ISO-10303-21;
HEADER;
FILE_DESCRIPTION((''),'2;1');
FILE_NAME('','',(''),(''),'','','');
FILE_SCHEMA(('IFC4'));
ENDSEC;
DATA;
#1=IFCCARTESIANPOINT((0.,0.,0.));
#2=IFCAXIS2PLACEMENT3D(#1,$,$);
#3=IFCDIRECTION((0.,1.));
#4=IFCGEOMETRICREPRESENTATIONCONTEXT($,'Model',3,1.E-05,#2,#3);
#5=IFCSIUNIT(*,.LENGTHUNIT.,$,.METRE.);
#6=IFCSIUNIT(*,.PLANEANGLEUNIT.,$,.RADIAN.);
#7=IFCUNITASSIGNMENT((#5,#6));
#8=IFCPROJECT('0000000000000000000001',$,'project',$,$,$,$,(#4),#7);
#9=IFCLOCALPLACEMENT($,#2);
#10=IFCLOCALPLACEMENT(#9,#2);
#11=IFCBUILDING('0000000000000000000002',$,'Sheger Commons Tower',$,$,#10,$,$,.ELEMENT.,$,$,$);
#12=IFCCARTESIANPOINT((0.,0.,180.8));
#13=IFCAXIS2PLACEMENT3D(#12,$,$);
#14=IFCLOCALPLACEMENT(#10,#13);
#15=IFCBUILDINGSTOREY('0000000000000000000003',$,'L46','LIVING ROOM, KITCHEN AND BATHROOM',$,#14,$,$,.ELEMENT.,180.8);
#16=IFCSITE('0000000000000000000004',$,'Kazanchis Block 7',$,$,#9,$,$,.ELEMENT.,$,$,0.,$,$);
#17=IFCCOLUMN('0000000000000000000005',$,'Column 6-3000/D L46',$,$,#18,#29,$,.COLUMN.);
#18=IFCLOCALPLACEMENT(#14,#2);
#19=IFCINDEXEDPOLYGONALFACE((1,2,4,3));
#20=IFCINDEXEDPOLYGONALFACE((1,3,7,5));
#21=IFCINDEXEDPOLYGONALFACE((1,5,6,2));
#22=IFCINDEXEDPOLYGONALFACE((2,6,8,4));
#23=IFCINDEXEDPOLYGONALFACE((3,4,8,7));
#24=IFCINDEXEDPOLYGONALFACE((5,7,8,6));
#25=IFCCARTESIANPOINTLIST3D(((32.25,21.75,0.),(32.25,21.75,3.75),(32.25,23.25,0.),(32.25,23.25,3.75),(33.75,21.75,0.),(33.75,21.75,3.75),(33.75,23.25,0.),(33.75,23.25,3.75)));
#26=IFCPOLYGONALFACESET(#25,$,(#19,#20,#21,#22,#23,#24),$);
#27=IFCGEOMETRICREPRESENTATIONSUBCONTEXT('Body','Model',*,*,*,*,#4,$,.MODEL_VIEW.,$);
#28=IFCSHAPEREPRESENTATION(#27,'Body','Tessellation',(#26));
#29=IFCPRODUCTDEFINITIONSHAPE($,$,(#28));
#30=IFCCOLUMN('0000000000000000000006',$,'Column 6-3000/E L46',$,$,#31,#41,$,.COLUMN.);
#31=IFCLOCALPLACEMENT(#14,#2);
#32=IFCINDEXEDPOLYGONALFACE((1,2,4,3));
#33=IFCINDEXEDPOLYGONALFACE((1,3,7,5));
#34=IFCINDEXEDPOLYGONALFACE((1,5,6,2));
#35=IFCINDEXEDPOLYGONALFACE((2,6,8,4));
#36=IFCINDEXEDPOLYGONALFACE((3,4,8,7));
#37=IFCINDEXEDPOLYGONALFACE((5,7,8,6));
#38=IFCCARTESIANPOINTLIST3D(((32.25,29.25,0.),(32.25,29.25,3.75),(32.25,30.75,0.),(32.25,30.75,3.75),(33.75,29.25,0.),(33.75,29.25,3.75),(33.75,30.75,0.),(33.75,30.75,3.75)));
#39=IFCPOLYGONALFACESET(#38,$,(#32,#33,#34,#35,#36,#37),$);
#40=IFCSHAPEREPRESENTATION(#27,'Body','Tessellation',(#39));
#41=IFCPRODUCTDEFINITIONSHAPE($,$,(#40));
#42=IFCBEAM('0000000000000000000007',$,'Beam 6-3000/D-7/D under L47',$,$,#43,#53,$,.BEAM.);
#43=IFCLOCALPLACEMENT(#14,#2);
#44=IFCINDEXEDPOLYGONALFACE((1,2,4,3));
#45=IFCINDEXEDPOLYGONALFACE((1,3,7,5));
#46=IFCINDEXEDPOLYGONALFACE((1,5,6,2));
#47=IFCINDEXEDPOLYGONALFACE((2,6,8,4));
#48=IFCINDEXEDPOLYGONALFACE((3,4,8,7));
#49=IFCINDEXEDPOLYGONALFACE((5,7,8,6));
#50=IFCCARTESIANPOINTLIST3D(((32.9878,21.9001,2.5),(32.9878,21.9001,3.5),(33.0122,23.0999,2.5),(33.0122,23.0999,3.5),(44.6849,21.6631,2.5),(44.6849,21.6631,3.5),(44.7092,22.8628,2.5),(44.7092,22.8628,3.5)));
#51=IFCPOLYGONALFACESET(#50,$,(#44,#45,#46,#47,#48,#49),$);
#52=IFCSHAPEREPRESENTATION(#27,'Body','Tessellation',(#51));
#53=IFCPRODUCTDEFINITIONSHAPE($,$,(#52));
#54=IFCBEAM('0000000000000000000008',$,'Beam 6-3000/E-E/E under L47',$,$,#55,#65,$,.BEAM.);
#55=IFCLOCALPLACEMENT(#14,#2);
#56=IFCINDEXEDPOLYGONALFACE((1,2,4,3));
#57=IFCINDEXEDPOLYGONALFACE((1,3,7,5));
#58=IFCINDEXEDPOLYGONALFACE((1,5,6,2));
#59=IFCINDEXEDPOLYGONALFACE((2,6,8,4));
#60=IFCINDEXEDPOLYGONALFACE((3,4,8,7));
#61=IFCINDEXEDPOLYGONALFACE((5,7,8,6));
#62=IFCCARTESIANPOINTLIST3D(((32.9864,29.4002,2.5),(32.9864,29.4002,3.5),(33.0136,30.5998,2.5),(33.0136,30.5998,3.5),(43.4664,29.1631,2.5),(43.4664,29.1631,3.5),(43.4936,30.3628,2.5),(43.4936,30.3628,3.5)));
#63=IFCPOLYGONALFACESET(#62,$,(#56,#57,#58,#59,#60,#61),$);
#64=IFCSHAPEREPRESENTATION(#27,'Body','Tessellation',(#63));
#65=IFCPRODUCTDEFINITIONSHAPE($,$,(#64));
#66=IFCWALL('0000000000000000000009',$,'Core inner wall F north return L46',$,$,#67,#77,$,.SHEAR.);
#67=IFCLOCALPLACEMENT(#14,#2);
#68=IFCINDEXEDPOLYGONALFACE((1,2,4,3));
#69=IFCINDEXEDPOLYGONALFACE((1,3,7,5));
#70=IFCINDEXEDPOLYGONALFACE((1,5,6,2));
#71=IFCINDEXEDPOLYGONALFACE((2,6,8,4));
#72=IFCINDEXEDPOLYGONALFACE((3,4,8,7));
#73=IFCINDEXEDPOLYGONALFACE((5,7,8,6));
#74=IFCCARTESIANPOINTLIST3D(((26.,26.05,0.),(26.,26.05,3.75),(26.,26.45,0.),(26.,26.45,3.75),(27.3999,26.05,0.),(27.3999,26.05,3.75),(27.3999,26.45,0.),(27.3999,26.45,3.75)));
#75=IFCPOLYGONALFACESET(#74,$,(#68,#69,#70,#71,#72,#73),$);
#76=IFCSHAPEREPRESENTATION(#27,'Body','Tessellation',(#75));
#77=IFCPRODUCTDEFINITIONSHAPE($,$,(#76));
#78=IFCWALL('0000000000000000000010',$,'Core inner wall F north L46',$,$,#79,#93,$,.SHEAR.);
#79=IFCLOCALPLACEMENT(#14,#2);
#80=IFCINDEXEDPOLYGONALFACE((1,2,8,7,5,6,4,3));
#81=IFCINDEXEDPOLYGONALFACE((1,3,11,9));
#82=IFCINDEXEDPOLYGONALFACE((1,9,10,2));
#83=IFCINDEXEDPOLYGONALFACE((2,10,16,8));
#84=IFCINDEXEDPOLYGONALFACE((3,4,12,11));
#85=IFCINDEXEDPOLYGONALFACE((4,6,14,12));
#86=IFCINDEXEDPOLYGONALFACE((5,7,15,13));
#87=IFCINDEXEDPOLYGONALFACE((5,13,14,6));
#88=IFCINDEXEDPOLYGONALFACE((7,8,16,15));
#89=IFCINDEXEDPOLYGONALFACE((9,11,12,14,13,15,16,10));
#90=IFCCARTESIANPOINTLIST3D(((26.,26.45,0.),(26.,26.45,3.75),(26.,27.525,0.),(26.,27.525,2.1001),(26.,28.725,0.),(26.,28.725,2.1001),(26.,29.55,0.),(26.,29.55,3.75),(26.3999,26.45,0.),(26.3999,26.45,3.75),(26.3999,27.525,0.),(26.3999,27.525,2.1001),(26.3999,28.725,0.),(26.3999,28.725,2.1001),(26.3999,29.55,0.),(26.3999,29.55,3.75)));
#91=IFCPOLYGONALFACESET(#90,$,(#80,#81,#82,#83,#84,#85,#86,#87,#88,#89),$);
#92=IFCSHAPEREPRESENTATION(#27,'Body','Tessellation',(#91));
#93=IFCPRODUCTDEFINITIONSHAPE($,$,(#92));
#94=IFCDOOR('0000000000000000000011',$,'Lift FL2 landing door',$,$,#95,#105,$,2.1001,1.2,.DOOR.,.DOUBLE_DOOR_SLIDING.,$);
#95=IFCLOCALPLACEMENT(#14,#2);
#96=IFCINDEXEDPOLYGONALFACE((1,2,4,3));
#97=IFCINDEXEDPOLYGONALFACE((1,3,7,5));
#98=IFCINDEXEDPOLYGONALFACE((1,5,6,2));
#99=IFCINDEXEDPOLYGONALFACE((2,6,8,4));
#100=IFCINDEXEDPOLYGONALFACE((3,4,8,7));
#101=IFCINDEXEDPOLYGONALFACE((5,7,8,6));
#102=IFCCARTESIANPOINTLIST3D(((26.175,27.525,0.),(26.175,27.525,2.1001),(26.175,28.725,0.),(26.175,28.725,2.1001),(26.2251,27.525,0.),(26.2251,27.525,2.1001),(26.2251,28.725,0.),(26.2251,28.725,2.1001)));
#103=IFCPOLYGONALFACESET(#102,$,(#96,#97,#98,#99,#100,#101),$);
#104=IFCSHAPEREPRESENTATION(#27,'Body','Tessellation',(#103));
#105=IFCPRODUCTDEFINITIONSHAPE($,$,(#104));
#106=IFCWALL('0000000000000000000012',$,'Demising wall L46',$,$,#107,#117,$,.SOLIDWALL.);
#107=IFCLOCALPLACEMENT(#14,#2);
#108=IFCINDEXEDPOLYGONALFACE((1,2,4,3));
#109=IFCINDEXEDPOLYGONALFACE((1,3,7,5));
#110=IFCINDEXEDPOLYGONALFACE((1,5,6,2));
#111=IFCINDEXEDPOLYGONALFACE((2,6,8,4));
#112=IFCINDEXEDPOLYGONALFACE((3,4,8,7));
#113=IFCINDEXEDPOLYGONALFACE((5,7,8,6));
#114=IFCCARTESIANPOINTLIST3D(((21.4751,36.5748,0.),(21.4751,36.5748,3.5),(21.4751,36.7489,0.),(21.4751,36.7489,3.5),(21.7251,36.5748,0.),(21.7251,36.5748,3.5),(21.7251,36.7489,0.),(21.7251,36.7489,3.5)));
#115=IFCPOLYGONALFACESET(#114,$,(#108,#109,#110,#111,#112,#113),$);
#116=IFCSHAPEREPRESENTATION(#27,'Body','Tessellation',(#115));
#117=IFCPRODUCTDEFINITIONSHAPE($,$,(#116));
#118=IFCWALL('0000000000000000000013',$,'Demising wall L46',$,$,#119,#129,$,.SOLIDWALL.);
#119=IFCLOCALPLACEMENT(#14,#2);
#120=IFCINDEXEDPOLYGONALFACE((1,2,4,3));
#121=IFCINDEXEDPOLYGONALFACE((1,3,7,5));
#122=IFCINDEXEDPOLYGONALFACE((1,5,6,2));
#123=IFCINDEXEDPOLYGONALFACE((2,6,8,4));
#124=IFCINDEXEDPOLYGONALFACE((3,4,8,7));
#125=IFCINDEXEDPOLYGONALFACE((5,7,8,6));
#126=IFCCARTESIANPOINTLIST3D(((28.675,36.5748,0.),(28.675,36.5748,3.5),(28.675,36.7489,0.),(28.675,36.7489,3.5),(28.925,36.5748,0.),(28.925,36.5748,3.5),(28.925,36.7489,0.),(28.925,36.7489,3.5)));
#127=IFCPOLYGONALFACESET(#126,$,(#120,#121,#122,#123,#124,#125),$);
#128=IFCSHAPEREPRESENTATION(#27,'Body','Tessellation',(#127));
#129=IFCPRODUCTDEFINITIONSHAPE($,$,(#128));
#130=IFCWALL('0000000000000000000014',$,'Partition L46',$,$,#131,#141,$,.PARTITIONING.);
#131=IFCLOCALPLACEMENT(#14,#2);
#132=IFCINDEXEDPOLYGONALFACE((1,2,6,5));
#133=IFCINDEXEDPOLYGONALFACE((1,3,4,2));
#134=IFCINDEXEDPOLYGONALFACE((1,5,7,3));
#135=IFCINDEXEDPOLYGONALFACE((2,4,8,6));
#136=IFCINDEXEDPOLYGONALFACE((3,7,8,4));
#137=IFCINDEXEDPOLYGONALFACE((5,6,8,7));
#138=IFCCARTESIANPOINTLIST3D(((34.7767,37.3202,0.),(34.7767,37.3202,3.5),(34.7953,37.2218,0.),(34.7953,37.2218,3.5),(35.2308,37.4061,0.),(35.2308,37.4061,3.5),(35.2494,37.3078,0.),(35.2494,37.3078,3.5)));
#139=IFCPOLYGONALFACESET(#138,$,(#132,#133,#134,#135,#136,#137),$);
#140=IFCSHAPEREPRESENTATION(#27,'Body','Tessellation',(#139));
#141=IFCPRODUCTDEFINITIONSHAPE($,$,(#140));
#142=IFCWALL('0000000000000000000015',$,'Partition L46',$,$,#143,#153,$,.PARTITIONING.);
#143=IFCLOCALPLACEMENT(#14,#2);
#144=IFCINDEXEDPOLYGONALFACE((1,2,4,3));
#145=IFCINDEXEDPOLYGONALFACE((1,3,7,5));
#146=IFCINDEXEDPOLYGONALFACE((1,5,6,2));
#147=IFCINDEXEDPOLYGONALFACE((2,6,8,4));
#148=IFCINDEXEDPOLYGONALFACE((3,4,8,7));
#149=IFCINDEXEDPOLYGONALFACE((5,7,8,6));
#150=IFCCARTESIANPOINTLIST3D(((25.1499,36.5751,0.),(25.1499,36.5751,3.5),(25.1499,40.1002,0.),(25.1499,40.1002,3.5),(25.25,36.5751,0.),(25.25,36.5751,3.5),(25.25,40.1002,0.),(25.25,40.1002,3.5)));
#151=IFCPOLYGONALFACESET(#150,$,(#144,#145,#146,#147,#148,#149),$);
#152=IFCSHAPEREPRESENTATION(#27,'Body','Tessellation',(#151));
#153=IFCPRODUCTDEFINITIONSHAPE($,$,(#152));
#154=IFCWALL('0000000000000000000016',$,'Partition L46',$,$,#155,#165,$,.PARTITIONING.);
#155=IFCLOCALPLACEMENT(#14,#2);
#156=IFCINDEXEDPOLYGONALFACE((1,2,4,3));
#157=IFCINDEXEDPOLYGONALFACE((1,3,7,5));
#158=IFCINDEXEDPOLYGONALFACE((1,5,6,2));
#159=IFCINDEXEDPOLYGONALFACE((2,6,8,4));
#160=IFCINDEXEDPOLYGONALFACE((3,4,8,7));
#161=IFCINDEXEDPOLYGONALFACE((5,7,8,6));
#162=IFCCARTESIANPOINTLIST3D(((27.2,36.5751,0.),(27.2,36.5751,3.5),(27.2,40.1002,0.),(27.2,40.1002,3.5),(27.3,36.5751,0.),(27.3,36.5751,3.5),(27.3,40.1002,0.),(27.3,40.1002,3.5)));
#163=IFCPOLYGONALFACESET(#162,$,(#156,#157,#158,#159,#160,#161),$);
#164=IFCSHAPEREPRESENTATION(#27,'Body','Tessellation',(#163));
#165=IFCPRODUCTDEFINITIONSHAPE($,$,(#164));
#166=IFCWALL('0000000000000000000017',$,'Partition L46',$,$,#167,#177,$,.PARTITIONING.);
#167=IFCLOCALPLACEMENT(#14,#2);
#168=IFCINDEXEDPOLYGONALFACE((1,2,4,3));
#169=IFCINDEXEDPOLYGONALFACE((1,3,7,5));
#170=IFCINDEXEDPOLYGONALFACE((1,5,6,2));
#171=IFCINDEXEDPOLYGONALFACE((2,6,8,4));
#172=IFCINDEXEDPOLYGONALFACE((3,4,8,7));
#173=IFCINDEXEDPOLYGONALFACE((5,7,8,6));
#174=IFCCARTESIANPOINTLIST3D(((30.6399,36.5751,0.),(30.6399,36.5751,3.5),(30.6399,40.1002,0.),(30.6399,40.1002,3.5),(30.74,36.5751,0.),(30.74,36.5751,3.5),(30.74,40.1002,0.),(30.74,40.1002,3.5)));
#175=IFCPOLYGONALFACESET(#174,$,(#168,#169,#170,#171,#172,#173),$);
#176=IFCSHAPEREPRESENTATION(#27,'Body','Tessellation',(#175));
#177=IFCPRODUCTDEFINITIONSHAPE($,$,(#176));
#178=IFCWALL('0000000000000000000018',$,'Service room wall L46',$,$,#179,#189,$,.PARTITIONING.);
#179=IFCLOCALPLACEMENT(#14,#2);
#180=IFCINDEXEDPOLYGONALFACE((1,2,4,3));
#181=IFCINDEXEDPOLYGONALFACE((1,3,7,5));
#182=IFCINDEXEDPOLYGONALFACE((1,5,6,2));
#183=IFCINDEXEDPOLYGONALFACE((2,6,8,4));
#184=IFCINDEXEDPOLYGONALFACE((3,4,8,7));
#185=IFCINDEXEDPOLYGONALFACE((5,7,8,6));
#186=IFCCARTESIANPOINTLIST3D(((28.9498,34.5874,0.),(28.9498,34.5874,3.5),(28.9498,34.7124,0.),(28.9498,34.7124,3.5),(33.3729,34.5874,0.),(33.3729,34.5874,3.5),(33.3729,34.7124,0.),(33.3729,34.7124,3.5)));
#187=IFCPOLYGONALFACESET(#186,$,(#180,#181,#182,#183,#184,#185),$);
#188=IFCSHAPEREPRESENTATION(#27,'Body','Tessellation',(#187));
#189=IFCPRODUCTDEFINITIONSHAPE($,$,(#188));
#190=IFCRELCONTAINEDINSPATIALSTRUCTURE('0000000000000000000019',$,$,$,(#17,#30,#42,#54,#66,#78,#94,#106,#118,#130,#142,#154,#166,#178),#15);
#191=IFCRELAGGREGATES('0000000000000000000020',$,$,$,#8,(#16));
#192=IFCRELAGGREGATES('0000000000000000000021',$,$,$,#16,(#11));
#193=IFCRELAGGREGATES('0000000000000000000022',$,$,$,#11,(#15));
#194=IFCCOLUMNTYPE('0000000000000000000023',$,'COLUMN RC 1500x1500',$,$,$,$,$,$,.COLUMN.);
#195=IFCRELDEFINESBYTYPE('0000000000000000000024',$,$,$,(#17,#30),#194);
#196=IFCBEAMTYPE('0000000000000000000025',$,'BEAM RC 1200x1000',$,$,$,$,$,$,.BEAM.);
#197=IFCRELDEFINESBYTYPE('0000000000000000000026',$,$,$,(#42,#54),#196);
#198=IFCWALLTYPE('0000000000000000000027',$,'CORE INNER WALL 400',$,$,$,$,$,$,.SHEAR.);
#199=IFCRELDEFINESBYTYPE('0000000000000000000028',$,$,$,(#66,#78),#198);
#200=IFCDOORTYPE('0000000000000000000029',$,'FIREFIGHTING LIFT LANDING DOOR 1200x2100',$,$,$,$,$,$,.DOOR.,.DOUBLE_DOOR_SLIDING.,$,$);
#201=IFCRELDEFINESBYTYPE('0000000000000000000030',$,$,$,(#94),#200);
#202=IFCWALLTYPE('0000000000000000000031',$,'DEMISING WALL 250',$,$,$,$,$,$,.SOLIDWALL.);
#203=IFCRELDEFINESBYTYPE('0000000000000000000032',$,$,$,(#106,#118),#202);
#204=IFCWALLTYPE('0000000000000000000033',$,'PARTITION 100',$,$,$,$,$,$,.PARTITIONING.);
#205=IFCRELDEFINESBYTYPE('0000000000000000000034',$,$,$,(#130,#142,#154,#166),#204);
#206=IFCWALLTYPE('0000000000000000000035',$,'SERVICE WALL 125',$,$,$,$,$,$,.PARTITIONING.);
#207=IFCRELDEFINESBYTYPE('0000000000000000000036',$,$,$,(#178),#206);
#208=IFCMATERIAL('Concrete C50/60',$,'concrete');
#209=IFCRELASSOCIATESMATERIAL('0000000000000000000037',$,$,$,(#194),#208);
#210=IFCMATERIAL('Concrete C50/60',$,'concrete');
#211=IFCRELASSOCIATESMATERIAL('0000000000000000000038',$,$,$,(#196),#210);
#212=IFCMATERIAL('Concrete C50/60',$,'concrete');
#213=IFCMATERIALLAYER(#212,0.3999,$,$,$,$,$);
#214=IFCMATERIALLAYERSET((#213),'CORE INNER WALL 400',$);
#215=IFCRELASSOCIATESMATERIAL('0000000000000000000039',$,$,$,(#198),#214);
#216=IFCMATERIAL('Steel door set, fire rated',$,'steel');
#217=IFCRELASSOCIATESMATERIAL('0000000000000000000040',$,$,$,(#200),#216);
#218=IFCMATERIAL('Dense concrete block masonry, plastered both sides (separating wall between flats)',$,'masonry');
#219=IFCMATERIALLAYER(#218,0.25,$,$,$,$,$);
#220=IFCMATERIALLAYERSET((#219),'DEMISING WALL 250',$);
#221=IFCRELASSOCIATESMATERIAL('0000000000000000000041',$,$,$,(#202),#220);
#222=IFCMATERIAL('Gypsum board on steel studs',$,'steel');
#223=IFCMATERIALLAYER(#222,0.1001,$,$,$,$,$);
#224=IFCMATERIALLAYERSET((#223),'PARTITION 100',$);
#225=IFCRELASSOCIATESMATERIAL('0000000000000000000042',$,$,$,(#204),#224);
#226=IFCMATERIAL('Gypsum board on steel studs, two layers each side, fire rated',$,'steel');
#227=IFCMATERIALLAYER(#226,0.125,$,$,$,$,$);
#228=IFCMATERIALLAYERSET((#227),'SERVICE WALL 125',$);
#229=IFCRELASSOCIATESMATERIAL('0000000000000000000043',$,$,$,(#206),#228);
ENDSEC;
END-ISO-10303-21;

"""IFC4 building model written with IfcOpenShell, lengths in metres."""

from ifc_helpers import new_model, si_unit, direction, frame, frame_2d, origin, origin_2d, place, context, subcontext, project, spatial, rectangle, extrude, material, layer, layer_set, material_profile, profile_set, type_object, element, fill, save


model = new_model("IFC4")

# Units and contexts
model_context = context("Model", 3, precision=1e-05, world=origin(), true_north=direction((0.0, 1.0)))
body_context = subcontext(model_context, "Body", "Model", "MODEL_VIEW")
ifc_project = project(units=[si_unit("LENGTHUNIT", "METRE"), si_unit("PLANEANGLEUNIT", "RADIAN")], contexts=[model_context])

# Site, building, storey
site_placement = place(None, origin())
site = spatial("IfcSite", under=ifc_project, at=site_placement, Name="Kazanchis Block 7", CompositionType="ELEMENT", RefElevation=0.0)
building_placement = place(site_placement, origin())
building = spatial("IfcBuilding", under=site, at=building_placement, Name="Sheger Commons Tower", CompositionType="ELEMENT")
storey_placement = place(building_placement, frame((0.0, 0.0, 180.8)))
storey = spatial("IfcBuildingStorey", under=building, at=storey_placement, Name="L46", Description="LIVING ROOM, KITCHEN AND BATHROOM", CompositionType="ELEMENT", Elevation=180.8)

# Columns
ifc_material_1 = material(Name="Concrete C50/60", Category="concrete")
ifc_material_profile_1 = material_profile(ifc_material_1, rectangle(XDim=1.5, YDim=1.5, at=origin_2d()), Name="RC 1500x1500")
ifc_profile_set_1 = profile_set([ifc_material_profile_1], Name="Concrete C50/60")
column_type = type_object("IfcColumnType", Name="COLUMN RC 1500x1500", PredefinedType="COLUMN", material=ifc_profile_set_1)
for number, where, z_axis, x_axis, name in (
    (1, (33.0, 22.5, 0.0), (0.0, 0.0, 1.0), (1.0, 0.0, 0.0), "Column 6-3000/D L46"),
    (2, (33.0, 30.0, 0.0), (0.0, 0.0, 1.0), (1.0, 0.0, 0.0), "Column 6-3000/E L46"),
):
    element("IfcColumn", number, at=place(storey_placement, frame(where, z_axis=z_axis, x_axis=x_axis)), inside=storey, type_object=column_type, Name=name, PredefinedType="COLUMN", context=body_context, shape_type="SweptSolid", body=[
        extrude(rectangle(XDim=1.5, YDim=1.5, at=origin_2d()), origin(), (0.0, 0.0, 1.0), 3.75),
    ])

# Beams
ifc_material_2 = material(Name="Concrete C50/60", Category="concrete")
ifc_material_profile_2 = material_profile(ifc_material_2, rectangle(XDim=1.2, YDim=1.0, at=origin_2d()), Name="RC 1200x1000")
ifc_profile_set_2 = profile_set([ifc_material_profile_2], Name="Concrete C50/60")
beam_type = type_object("IfcBeamType", Name="BEAM RC 1200x1000", PredefinedType="BEAM", material=ifc_profile_set_2)
beam_1_placement = place(storey_placement, frame((33.0, 22.5, 3.0), z_axis=(0.999795, -0.020263, 0.0), x_axis=(0.020263, 0.999795, 0.0)))
element("IfcBeam", 3, at=beam_1_placement, inside=storey, type_object=beam_type, Name="Beam 6-3000/D-7/D under L47", PredefinedType="BEAM", context=body_context, shape_type="SweptSolid", body=[
    extrude(rectangle(XDim=1.2, YDim=1.0, at=origin_2d()), origin(), (0.0, 0.0, 1.0), 11.6995),
])
beam_2_placement = place(storey_placement, frame((33.0, 30.0, 3.0), z_axis=(0.999744, -0.022615, 0.0), x_axis=(0.022615, 0.999744, 0.0)))
element("IfcBeam", 4, at=beam_2_placement, inside=storey, type_object=beam_type, Name="Beam 6-3000/E-E/E under L47", PredefinedType="BEAM", context=body_context, shape_type="SweptSolid", body=[
    extrude(rectangle(XDim=1.2, YDim=1.0, at=origin_2d()), origin(), (0.0, 0.0, 1.0), 10.4827),
])

# Wall
ifc_material_3 = material(Name="Concrete C50/60", Category="concrete")
ifc_layer_1 = layer(ifc_material_3, 0.3999)
ifc_layer_set_1 = layer_set([ifc_layer_1], Name="CORE INNER WALL 400")
wall_type_1 = type_object("IfcWallType", Name="CORE INNER WALL 400", PredefinedType="SHEAR", material=ifc_layer_set_1)
wall_1_placement = place(storey_placement, frame((26.0, 26.25, 0.0), z_axis=(0.0, 0.0, 1.0), x_axis=(1.0, 0.0, 0.0)))
element("IfcWall", 5, at=wall_1_placement, inside=storey, type_object=wall_type_1, Name="Core inner wall F north return L46", PredefinedType="SHEAR", context=body_context, shape_type="SweptSolid", body=[
    extrude(rectangle(XDim=1.3999, YDim=0.3999, at=frame_2d((0.7, 0.0))), origin(), (0.0, 0.0, 1.0), 3.75),
])

# Wall, opening, door
wall_2_placement = place(storey_placement, frame((26.2, 26.45, 0.0), z_axis=(0.0, 0.0, 1.0), x_axis=(0.0, 1.0, 0.0)))
wall_2 = element("IfcWall", 6, at=wall_2_placement, inside=storey, type_object=wall_type_1, Name="Core inner wall F north L46", PredefinedType="SHEAR", context=body_context, shape_type="SweptSolid", body=[
    extrude(rectangle(XDim=3.1001, YDim=0.3999, at=frame_2d((1.55, 0.0))), origin(), (0.0, 0.0, 1.0), 3.75),
])
opening_1_placement = place(wall_2_placement, frame((1.075, 0.0, 0.0)))
opening_1 = element("IfcOpeningElement", 7, at=opening_1_placement, cuts=wall_2, PredefinedType="OPENING", context=body_context, shape_type="SweptSolid", body=[
    extrude(rectangle(XDim=1.2, YDim=2.1001, at=frame_2d((0.6001, 1.05))), frame((0.0, 0.21, 0.0), z_axis=(0.0, -1.0, 0.0), x_axis=(1.0, 0.0, 0.0)), (0.0, 0.0, 1.0), 0.4199),
])
ifc_material_4 = material(Name="Steel door set, fire rated", Category="steel")
door_type_1 = type_object("IfcDoorType", Name="FIREFIGHTING LIFT LANDING DOOR 1200x2100", OperationType="DOUBLE_DOOR_SLIDING", PredefinedType="DOOR", material=ifc_material_4)
door_1_placement = place(opening_1_placement, origin())
door_1 = element("IfcDoor", 8, at=door_1_placement, inside=storey, type_object=door_type_1, Name="Lift FL2 landing door", OperationType="DOUBLE_DOOR_SLIDING", OverallHeight=2.1001, OverallWidth=1.2, PredefinedType="DOOR", context=body_context, shape_type="SweptSolid", body=[
    extrude(rectangle(XDim=1.2, YDim=2.1001, at=frame_2d((0.6001, 1.05))), frame((0.0, 0.0249, 0.0), z_axis=(0.0, -1.0, 0.0), x_axis=(1.0, 0.0, 0.0)), (0.0, 0.0, 1.0), 0.05),
])
fill(opening_1, door_1)

# Walls
ifc_material_5 = material(Name="Dense concrete block masonry, plastered both sides (separating wall between flats)", Category="masonry")
ifc_layer_2 = layer(ifc_material_5, 0.25)
ifc_layer_set_2 = layer_set([ifc_layer_2], Name="DEMISING WALL 250")
wall_type_2 = type_object("IfcWallType", Name="DEMISING WALL 250", PredefinedType="SOLIDWALL", material=ifc_layer_set_2)
for number, where, z_axis, x_axis, name in (
    (9, (21.6001, 36.575, 0.0), (0.0, 0.0, 1.0), (0.0, 1.0, 0.0), "Demising wall L46"),
    (10, (28.8, 36.575, 0.0), (0.0, 0.0, 1.0), (0.0, 1.0, 0.0), "Demising wall L46"),
):
    element("IfcWall", number, at=place(storey_placement, frame(where, z_axis=z_axis, x_axis=x_axis)), inside=storey, type_object=wall_type_2, Name=name, PredefinedType="SOLIDWALL", context=body_context, shape_type="SweptSolid", body=[
        extrude(rectangle(XDim=0.1741, YDim=0.25, at=frame_2d((0.0869, 0.0))), origin(), (0.0, 0.0, 1.0), 3.5),
    ])
ifc_material_6 = material(Name="Gypsum board on steel studs", Category="steel")
ifc_layer_3 = layer(ifc_material_6, 0.1001)
ifc_layer_set_3 = layer_set([ifc_layer_3], Name="PARTITION 100")
wall_type_3 = type_object("IfcWallType", Name="PARTITION 100", PredefinedType="PARTITIONING", material=ifc_layer_set_3)
wall_3_placement = place(storey_placement, frame((35.24, 37.3569, 0.0), z_axis=(0.0, 0.0, 1.0), x_axis=(-0.98256, -0.185947, 0.0)))
element("IfcWall", 11, at=wall_3_placement, inside=storey, type_object=wall_type_3, Name="Partition L46", PredefinedType="PARTITIONING", context=body_context, shape_type="SweptSolid", body=[
    extrude(rectangle(XDim=0.4622, YDim=0.1001, at=frame_2d((0.231, 0.0))), origin(), (0.0, 0.0, 1.0), 3.5),
])
for number, where, z_axis, x_axis, name in (
    (12, (25.2, 36.575, 0.0), (0.0, 0.0, 1.0), (0.0, 1.0, 0.0), "Partition L46"),
    (13, (27.25, 36.575, 0.0), (0.0, 0.0, 1.0), (0.0, 1.0, 0.0), "Partition L46"),
    (14, (30.6899, 36.575, 0.0), (0.0, 0.0, 1.0), (0.0, 1.0, 0.0), "Partition L46"),
):
    element("IfcWall", number, at=place(storey_placement, frame(where, z_axis=z_axis, x_axis=x_axis)), inside=storey, type_object=wall_type_3, Name=name, PredefinedType="PARTITIONING", context=body_context, shape_type="SweptSolid", body=[
        extrude(rectangle(XDim=3.5251, YDim=0.1001, at=frame_2d((1.7627, 0.0))), origin(), (0.0, 0.0, 1.0), 3.5),
    ])
ifc_material_7 = material(Name="Gypsum board on steel studs, two layers each side, fire rated", Category="steel")
ifc_layer_4 = layer(ifc_material_7, 0.125)
ifc_layer_set_4 = layer_set([ifc_layer_4], Name="SERVICE WALL 125")
wall_type_4 = type_object("IfcWallType", Name="SERVICE WALL 125", PredefinedType="PARTITIONING", material=ifc_layer_set_4)
wall_4_placement = place(storey_placement, frame((28.95, 34.6499, 0.0), z_axis=(0.0, 0.0, 1.0), x_axis=(1.0, 0.0, 0.0)))
element("IfcWall", 15, at=wall_4_placement, inside=storey, type_object=wall_type_4, Name="Service room wall L46", PredefinedType="PARTITIONING", context=body_context, shape_type="SweptSolid", body=[
    extrude(rectangle(XDim=4.4231, YDim=0.125, at=frame_2d((2.2114, 0.0))), origin(), (0.0, 0.0, 1.0), 3.5),
])

save(model, "model.ifc")
